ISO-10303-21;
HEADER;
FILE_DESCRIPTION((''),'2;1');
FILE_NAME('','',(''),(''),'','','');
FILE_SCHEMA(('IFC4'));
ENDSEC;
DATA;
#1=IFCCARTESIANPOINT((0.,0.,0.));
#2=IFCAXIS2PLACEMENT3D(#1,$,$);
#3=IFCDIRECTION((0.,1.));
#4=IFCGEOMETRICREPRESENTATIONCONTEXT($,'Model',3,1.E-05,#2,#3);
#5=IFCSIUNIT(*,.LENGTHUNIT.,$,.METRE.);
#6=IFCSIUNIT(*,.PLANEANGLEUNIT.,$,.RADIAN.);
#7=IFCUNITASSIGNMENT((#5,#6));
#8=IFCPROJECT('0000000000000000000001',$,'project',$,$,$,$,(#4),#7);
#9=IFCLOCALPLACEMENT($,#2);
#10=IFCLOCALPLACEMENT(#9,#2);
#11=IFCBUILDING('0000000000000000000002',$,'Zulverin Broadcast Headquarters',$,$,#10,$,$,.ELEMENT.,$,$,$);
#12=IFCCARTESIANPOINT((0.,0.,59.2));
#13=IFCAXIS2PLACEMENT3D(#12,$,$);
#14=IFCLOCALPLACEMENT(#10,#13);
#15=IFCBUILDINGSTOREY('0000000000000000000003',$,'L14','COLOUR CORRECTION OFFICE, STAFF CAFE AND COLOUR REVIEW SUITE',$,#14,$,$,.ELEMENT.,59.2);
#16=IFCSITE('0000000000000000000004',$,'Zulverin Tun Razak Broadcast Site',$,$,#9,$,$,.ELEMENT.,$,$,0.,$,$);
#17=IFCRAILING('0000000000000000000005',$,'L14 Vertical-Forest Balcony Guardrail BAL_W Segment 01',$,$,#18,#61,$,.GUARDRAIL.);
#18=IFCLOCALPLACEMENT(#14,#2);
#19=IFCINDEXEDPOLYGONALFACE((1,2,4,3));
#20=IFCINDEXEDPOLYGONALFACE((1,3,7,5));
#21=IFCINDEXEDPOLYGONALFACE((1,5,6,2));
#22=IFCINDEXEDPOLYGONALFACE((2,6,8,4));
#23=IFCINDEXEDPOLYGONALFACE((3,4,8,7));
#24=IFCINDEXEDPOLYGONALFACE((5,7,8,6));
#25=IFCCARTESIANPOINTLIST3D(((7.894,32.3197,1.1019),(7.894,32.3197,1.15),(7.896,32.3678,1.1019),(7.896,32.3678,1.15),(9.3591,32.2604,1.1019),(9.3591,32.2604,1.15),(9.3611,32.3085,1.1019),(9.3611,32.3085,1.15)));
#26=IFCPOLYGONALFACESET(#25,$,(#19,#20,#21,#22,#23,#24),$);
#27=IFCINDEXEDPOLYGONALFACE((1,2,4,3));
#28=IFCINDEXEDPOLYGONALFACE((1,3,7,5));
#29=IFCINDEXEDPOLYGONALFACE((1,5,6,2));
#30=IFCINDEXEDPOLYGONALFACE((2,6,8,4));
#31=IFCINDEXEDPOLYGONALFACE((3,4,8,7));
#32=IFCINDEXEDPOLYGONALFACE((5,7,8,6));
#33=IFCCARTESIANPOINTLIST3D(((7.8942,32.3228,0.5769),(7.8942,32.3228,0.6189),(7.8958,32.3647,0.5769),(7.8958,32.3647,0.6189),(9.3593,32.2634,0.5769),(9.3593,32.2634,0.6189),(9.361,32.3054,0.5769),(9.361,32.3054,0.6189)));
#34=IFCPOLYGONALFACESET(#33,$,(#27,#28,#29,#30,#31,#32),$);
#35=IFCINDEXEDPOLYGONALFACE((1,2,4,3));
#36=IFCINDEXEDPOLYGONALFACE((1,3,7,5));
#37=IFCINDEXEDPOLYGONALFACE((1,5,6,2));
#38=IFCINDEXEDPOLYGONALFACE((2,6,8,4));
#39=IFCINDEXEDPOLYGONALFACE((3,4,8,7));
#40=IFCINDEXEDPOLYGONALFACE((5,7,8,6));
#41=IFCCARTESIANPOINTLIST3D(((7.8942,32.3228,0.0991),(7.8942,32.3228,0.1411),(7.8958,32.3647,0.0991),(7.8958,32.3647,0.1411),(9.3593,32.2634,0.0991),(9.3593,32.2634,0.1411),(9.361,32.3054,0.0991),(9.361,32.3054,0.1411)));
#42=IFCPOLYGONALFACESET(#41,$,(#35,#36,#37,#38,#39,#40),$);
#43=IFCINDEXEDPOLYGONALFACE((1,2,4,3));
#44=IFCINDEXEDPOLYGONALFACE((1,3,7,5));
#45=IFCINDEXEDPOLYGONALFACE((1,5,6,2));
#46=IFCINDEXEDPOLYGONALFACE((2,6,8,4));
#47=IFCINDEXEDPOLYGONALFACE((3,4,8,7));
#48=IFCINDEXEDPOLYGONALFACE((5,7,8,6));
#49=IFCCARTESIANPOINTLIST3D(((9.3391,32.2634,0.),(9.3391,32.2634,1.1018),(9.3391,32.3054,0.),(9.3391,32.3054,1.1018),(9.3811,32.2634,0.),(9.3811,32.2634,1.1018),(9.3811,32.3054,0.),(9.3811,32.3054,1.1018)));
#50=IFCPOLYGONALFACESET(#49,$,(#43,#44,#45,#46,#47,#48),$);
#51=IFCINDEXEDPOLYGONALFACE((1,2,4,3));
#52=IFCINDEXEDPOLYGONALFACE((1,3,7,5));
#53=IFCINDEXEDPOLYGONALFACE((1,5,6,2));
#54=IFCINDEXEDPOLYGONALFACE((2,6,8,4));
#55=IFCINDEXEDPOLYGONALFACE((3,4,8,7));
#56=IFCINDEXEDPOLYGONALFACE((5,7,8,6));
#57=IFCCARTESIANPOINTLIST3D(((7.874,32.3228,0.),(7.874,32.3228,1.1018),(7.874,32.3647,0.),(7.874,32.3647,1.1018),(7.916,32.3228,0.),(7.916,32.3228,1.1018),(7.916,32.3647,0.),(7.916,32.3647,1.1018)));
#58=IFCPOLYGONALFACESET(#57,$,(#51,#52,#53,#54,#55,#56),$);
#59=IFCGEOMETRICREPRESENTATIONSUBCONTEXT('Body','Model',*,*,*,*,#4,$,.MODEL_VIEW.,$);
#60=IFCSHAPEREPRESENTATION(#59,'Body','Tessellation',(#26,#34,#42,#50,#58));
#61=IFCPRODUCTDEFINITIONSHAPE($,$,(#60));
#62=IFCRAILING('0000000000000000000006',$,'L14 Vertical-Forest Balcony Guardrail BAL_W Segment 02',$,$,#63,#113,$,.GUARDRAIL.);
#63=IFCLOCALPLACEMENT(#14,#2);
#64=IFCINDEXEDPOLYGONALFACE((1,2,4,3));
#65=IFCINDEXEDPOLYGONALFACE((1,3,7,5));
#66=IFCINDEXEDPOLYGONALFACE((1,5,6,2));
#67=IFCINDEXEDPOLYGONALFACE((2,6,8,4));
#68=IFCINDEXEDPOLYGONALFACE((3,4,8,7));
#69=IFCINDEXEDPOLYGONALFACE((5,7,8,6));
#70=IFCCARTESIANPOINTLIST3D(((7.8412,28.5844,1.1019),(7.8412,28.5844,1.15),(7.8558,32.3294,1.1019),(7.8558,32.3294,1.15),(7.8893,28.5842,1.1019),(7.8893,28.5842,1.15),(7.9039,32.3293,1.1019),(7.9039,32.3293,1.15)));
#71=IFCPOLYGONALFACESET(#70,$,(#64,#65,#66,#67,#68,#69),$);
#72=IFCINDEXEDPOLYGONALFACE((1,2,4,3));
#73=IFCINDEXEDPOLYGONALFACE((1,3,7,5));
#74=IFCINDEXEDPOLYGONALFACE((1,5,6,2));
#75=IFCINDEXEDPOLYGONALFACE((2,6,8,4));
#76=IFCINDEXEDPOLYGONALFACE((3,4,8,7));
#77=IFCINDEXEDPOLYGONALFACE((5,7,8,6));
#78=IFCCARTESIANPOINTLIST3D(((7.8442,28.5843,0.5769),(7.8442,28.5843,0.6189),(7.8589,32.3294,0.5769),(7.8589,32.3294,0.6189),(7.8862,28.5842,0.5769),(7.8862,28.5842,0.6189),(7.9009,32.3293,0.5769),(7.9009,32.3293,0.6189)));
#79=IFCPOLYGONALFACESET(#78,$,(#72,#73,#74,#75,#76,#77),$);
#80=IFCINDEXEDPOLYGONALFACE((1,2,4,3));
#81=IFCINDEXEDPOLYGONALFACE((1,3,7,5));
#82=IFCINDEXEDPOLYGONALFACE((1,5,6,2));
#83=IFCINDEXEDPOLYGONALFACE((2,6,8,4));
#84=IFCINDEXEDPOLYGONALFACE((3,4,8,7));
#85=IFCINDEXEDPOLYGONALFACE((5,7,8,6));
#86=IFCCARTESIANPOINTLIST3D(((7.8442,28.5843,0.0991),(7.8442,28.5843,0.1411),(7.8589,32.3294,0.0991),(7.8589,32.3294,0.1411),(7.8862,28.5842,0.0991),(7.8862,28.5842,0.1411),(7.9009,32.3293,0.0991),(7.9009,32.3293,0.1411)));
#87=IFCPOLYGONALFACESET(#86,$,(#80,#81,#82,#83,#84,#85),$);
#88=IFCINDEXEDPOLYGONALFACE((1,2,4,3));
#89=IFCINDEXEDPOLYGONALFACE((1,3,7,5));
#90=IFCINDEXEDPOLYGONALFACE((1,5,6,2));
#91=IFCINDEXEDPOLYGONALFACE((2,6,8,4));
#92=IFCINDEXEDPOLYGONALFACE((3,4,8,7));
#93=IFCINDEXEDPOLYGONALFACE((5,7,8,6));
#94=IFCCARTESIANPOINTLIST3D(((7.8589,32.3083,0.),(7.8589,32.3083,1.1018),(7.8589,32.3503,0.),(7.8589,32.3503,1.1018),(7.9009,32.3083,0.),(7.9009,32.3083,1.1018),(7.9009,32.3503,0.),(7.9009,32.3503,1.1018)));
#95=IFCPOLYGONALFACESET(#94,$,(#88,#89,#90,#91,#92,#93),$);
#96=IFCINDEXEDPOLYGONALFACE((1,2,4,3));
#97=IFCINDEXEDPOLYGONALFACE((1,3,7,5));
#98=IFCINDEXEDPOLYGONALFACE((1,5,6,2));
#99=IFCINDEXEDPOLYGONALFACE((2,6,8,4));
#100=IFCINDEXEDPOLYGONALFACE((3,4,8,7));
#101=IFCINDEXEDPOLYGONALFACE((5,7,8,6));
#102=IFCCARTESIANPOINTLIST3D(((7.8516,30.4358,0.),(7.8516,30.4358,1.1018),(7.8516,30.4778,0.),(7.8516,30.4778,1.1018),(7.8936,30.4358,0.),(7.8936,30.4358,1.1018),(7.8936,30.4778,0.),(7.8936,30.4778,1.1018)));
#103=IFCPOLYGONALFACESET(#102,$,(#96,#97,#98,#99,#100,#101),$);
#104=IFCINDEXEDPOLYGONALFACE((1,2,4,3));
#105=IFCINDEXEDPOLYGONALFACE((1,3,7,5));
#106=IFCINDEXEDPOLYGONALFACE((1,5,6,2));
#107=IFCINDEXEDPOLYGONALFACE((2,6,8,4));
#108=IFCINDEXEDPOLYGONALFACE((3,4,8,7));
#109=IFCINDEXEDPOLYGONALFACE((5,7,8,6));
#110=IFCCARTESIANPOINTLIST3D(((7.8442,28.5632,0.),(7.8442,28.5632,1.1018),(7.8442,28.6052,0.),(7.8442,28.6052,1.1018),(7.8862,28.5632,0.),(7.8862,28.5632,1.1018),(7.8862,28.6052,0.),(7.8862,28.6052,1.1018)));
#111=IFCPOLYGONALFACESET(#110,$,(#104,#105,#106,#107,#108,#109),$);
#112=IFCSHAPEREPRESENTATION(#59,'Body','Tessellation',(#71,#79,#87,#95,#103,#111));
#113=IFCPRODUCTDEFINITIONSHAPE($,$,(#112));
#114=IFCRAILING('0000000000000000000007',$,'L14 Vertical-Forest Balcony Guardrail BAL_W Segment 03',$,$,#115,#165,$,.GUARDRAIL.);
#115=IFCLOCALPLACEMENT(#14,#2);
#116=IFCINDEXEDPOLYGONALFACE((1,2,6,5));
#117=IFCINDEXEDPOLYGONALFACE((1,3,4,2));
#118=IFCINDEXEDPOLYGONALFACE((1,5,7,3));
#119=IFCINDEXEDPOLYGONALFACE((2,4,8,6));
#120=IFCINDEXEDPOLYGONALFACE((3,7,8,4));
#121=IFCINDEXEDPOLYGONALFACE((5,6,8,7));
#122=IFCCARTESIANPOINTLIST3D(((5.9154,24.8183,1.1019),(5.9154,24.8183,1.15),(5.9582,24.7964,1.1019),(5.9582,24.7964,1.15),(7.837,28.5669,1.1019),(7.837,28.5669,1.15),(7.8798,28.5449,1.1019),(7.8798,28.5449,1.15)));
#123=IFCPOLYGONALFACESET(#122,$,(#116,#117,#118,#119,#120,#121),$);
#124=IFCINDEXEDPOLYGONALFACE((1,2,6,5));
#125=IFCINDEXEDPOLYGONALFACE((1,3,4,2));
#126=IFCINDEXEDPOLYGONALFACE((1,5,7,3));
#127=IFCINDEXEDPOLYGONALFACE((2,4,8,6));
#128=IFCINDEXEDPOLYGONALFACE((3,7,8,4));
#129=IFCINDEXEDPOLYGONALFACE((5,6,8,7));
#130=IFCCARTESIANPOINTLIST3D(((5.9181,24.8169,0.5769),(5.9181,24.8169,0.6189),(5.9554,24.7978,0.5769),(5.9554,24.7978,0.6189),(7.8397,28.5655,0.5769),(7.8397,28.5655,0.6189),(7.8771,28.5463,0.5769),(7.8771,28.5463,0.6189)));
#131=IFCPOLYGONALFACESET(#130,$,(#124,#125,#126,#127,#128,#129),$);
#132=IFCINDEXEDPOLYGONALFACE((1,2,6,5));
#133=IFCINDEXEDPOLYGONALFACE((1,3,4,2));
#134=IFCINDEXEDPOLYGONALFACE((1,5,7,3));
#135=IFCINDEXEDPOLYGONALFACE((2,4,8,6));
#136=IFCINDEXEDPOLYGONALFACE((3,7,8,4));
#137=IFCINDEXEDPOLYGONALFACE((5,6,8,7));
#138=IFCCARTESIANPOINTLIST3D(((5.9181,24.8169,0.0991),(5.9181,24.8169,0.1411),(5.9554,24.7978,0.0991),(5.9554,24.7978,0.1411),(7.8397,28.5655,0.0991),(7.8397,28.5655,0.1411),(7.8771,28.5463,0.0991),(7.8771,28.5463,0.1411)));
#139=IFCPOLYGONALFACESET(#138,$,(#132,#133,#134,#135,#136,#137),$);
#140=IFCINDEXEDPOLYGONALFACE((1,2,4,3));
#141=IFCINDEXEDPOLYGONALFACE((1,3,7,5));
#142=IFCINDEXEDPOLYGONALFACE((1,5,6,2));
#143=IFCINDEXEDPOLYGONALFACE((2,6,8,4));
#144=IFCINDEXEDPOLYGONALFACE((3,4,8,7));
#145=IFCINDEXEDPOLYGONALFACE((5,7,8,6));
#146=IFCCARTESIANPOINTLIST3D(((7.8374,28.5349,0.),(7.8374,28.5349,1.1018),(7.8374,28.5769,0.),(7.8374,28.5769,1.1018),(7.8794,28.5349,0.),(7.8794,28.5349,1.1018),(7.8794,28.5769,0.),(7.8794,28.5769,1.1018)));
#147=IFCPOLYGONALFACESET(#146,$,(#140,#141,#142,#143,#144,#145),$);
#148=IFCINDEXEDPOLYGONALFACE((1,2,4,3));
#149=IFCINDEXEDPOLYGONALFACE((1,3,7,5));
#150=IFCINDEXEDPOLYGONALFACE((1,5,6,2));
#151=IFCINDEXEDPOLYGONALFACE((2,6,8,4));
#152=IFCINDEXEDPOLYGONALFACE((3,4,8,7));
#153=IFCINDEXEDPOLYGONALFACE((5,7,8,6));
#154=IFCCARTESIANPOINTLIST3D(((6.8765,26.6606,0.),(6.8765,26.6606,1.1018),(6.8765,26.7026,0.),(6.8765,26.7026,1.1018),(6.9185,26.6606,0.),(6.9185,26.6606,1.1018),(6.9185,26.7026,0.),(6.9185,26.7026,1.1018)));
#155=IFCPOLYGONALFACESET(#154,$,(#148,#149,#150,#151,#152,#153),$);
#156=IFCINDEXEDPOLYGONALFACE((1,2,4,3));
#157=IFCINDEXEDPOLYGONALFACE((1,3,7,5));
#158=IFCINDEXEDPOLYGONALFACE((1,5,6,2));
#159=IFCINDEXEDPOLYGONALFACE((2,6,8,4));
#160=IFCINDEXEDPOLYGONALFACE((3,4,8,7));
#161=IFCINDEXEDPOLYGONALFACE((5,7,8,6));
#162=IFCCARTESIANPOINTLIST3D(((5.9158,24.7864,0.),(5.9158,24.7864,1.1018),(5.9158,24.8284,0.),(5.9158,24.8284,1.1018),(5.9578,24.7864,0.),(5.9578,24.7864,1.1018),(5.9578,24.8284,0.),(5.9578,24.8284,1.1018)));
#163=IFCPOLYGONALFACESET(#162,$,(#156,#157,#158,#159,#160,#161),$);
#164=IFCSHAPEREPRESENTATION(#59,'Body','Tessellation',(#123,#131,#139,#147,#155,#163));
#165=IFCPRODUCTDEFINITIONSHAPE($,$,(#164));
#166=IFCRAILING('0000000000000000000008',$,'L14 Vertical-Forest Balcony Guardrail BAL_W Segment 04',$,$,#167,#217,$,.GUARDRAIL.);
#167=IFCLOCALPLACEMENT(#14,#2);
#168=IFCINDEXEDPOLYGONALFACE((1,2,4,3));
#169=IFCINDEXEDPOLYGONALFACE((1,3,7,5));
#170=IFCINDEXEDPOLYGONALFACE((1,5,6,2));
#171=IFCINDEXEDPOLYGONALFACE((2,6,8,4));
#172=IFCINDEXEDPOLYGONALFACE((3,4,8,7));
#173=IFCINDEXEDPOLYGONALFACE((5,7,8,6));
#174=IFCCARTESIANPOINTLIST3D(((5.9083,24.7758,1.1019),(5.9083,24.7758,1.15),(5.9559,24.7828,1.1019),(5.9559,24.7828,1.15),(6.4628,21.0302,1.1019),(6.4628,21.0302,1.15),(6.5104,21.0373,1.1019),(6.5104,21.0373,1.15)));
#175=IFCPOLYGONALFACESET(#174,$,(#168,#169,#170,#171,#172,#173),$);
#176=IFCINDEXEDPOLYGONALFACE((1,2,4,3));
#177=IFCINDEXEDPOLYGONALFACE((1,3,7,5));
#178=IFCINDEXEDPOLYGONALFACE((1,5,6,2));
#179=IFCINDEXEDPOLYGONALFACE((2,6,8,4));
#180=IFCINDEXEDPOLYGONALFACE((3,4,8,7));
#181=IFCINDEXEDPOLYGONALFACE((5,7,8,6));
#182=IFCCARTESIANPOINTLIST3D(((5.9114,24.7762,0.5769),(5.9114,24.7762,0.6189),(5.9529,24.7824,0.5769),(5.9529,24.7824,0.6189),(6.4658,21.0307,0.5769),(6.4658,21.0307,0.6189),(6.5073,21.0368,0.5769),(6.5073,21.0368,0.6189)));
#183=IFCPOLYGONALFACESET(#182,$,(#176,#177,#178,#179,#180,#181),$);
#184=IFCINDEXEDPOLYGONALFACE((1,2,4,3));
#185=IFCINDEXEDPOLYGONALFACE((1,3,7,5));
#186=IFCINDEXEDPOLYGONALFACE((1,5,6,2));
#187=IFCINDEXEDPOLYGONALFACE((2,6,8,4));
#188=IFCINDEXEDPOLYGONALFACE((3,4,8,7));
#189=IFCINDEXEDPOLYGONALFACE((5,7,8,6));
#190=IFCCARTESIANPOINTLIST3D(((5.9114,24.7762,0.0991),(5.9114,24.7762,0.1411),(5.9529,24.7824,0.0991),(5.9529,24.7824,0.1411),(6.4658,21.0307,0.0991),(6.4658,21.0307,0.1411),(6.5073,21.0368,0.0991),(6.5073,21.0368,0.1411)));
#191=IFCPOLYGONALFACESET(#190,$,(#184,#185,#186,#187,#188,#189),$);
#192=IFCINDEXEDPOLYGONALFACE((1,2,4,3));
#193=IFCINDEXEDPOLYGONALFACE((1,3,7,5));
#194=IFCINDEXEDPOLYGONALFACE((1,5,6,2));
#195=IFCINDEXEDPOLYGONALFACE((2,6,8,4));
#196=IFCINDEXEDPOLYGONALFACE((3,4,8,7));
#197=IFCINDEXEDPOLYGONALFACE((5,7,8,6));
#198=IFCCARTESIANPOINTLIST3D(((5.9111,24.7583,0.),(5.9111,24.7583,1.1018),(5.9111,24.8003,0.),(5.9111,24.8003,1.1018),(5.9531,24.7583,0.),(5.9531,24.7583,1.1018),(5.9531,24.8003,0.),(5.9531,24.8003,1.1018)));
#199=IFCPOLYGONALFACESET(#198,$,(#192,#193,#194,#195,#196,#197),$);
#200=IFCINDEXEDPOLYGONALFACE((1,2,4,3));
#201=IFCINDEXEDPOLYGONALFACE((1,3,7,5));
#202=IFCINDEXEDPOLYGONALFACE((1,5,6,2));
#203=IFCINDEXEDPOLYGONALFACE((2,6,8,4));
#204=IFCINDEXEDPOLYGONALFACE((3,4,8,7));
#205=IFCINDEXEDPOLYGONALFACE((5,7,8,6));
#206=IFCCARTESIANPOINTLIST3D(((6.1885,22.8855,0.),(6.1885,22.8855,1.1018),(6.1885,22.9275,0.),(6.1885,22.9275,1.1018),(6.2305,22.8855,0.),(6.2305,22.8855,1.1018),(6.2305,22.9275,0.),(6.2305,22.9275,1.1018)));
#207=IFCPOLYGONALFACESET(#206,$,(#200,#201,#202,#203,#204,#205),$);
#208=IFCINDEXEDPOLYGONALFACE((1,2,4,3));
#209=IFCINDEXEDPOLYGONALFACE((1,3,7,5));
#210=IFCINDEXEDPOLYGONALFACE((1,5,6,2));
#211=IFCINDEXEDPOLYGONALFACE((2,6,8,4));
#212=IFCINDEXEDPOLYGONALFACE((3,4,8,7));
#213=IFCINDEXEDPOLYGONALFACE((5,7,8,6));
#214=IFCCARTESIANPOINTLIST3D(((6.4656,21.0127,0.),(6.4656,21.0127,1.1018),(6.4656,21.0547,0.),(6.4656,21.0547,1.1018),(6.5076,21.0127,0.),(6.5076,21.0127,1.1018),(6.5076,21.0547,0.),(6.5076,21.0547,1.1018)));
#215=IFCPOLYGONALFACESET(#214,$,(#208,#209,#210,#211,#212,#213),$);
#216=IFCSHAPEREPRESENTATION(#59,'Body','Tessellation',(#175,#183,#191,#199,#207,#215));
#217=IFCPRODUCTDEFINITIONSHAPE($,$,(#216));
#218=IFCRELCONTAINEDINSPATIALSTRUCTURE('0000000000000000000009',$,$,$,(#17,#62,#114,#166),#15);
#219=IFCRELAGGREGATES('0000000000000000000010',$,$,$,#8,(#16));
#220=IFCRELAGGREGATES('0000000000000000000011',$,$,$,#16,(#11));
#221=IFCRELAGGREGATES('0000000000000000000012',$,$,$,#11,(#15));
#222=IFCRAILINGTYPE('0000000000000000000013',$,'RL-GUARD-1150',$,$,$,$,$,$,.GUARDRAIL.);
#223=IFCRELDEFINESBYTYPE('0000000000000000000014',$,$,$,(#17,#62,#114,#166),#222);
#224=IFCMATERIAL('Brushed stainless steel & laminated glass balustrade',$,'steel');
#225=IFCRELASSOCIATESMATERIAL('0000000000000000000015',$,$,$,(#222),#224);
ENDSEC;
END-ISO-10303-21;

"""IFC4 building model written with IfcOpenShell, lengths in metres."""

from ifc_helpers import new_model, si_unit, direction, frame, origin, origin_2d, place, context, subcontext, project, spatial, rectangle, extrude, material, type_object, element, save


model = new_model("IFC4")

# Units and contexts
model_context = context("Model", 3, precision=1e-05, world=origin(), true_north=direction((0.0, 1.0)))
body_context = subcontext(model_context, "Body", "Model", "MODEL_VIEW")
ifc_project = project(units=[si_unit("LENGTHUNIT", "METRE"), si_unit("PLANEANGLEUNIT", "RADIAN")], contexts=[model_context])

# Site, building, storey
site_placement = place(None, origin())
site = spatial("IfcSite", under=ifc_project, at=site_placement, Name="Zulverin Tun Razak Broadcast Site", CompositionType="ELEMENT", RefElevation=0.0)
building_placement = place(site_placement, origin())
building = spatial("IfcBuilding", under=site, at=building_placement, Name="Zulverin Broadcast Headquarters", CompositionType="ELEMENT")
storey_placement = place(building_placement, frame((0.0, 0.0, 59.2)))
storey = spatial("IfcBuildingStorey", under=building, at=storey_placement, Name="L14", Description="COLOUR CORRECTION OFFICE, STAFF CAFE AND COLOUR REVIEW SUITE", CompositionType="ELEMENT", Elevation=59.2)

# Railings
ifc_material_1 = material(Name="Brushed stainless steel & laminated glass balustrade", Category="steel")
railing_type = type_object("IfcRailingType", Name="RL-GUARD-1150", PredefinedType="GUARDRAIL", material=ifc_material_1)
railing_1_placement = place(storey_placement, frame((9.3601, 32.2844, 0.0)))
element("IfcRailing", 1, at=railing_1_placement, inside=storey, type_object=railing_type, Name="L14 Vertical-Forest Balcony Guardrail BAL_W Segment 01", PredefinedType="GUARDRAIL", context=body_context, shape_type="SweptSolid", body=[
    extrude(rectangle(XDim=0.0481, YDim=0.0481, at=origin_2d()), frame((0.0, 0.0, 1.126), z_axis=(-0.999181, 0.04046, 0.0), x_axis=(-0.04046, -0.999181, 0.0)), (0.0, 0.0, 1.0), 1.4663),
    extrude(rectangle(XDim=0.042, YDim=0.042, at=origin_2d()), frame((0.0, 0.0, 0.5979), z_axis=(-0.999181, 0.04046, 0.0), x_axis=(-0.04046, -0.999181, 0.0)), (0.0, 0.0, 1.0), 1.4663),
    extrude(rectangle(XDim=0.042, YDim=0.042, at=origin_2d()), frame((0.0, 0.0, 0.1201), z_axis=(-0.999181, 0.04046, 0.0), x_axis=(-0.04046, -0.999181, 0.0)), (0.0, 0.0, 1.0), 1.4663),
    extrude(rectangle(XDim=0.042, YDim=0.042, at=origin_2d()), origin(), (0.0, 0.0, 1.0), 1.1018),
    extrude(rectangle(XDim=0.042, YDim=0.042, at=origin_2d()), frame((-1.4651, 0.0593, 0.0)), (0.0, 0.0, 1.0), 1.1018),
])
railing_2_placement = place(storey_placement, frame((7.8799, 32.3293, 0.0)))
element("IfcRailing", 2, at=railing_2_placement, inside=storey, type_object=railing_type, Name="L14 Vertical-Forest Balcony Guardrail BAL_W Segment 02", PredefinedType="GUARDRAIL", context=body_context, shape_type="SweptSolid", body=[
    extrude(rectangle(XDim=0.0481, YDim=0.0481, at=origin_2d()), frame((0.0, 0.0, 1.126), z_axis=(-0.003911, -0.999992, 0.0), x_axis=(0.999992, -0.003911, 0.0)), (0.0, 0.0, 1.0), 3.7451),
    extrude(rectangle(XDim=0.042, YDim=0.042, at=origin_2d()), frame((0.0, 0.0, 0.5979), z_axis=(-0.003911, -0.999992, 0.0), x_axis=(0.999992, -0.003911, 0.0)), (0.0, 0.0, 1.0), 3.7451),
    extrude(rectangle(XDim=0.042, YDim=0.042, at=origin_2d()), frame((0.0, 0.0, 0.1201), z_axis=(-0.003911, -0.999992, 0.0), x_axis=(0.999992, -0.003911, 0.0)), (0.0, 0.0, 1.0), 3.7451),
    extrude(rectangle(XDim=0.042, YDim=0.042, at=origin_2d()), origin(), (0.0, 0.0, 1.0), 1.1018),
    extrude(rectangle(XDim=0.042, YDim=0.042, at=origin_2d()), frame((-0.0073, -1.8726, 0.0)), (0.0, 0.0, 1.0), 1.1018),
    extrude(rectangle(XDim=0.042, YDim=0.042, at=origin_2d()), frame((-0.0146, -3.7451, 0.0)), (0.0, 0.0, 1.0), 1.1018),
])
railing_3_placement = place(storey_placement, frame((7.8584, 28.5559, 0.0)))
element("IfcRailing", 3, at=railing_3_placement, inside=storey, type_object=railing_type, Name="L14 Vertical-Forest Balcony Guardrail BAL_W Segment 03", PredefinedType="GUARDRAIL", context=body_context, shape_type="SweptSolid", body=[
    extrude(rectangle(XDim=0.0481, YDim=0.0481, at=origin_2d()), frame((0.0, 0.0, 1.126), z_axis=(-0.456186, -0.889884, 0.0), x_axis=(0.889884, -0.456186, 0.0)), (0.0, 0.0, 1.0), 4.2124),
    extrude(rectangle(XDim=0.042, YDim=0.042, at=origin_2d()), frame((0.0, 0.0, 0.5979), z_axis=(-0.456186, -0.889884, 0.0), x_axis=(0.889884, -0.456186, 0.0)), (0.0, 0.0, 1.0), 4.2124),
    extrude(rectangle(XDim=0.042, YDim=0.042, at=origin_2d()), frame((0.0, 0.0, 0.1201), z_axis=(-0.456186, -0.889884, 0.0), x_axis=(0.889884, -0.456186, 0.0)), (0.0, 0.0, 1.0), 4.2124),
    extrude(rectangle(XDim=0.042, YDim=0.042, at=origin_2d()), origin(), (0.0, 0.0, 1.0), 1.1018),
    extrude(rectangle(XDim=0.042, YDim=0.042, at=origin_2d()), frame((-0.9609, -1.8743, 0.0)), (0.0, 0.0, 1.0), 1.1018),
    extrude(rectangle(XDim=0.042, YDim=0.042, at=origin_2d()), frame((-1.9216, -3.7485, 0.0)), (0.0, 0.0, 1.0), 1.1018),
])
railing_4_placement = place(storey_placement, frame((5.9321, 24.7793, 0.0)))
element("IfcRailing", 4, at=railing_4_placement, inside=storey, type_object=railing_type, Name="L14 Vertical-Forest Balcony Guardrail BAL_W Segment 04", PredefinedType="GUARDRAIL", context=body_context, shape_type="SweptSolid", body=[
    extrude(rectangle(XDim=0.0481, YDim=0.0481, at=origin_2d()), frame((0.0, 0.0, 1.126), z_axis=(0.146429, -0.989221, 0.0), x_axis=(0.989221, 0.146429, 0.0)), (0.0, 0.0, 1.0), 3.7864),
    extrude(rectangle(XDim=0.042, YDim=0.042, at=origin_2d()), frame((0.0, 0.0, 0.5979), z_axis=(0.146429, -0.989221, 0.0), x_axis=(0.989221, 0.146429, 0.0)), (0.0, 0.0, 1.0), 3.7864),
    extrude(rectangle(XDim=0.042, YDim=0.042, at=origin_2d()), frame((0.0, 0.0, 0.1201), z_axis=(0.146429, -0.989221, 0.0), x_axis=(0.989221, 0.146429, 0.0)), (0.0, 0.0, 1.0), 3.7864),
    extrude(rectangle(XDim=0.042, YDim=0.042, at=origin_2d()), origin(), (0.0, 0.0, 1.0), 1.1018),
    extrude(rectangle(XDim=0.042, YDim=0.042, at=origin_2d()), frame((0.2773, -1.8728, 0.0)), (0.0, 0.0, 1.0), 1.1018),
    extrude(rectangle(XDim=0.042, YDim=0.042, at=origin_2d()), frame((0.5544, -3.7456, 0.0)), (0.0, 0.0, 1.0), 1.1018),
])

save(model, "model.ifc")
